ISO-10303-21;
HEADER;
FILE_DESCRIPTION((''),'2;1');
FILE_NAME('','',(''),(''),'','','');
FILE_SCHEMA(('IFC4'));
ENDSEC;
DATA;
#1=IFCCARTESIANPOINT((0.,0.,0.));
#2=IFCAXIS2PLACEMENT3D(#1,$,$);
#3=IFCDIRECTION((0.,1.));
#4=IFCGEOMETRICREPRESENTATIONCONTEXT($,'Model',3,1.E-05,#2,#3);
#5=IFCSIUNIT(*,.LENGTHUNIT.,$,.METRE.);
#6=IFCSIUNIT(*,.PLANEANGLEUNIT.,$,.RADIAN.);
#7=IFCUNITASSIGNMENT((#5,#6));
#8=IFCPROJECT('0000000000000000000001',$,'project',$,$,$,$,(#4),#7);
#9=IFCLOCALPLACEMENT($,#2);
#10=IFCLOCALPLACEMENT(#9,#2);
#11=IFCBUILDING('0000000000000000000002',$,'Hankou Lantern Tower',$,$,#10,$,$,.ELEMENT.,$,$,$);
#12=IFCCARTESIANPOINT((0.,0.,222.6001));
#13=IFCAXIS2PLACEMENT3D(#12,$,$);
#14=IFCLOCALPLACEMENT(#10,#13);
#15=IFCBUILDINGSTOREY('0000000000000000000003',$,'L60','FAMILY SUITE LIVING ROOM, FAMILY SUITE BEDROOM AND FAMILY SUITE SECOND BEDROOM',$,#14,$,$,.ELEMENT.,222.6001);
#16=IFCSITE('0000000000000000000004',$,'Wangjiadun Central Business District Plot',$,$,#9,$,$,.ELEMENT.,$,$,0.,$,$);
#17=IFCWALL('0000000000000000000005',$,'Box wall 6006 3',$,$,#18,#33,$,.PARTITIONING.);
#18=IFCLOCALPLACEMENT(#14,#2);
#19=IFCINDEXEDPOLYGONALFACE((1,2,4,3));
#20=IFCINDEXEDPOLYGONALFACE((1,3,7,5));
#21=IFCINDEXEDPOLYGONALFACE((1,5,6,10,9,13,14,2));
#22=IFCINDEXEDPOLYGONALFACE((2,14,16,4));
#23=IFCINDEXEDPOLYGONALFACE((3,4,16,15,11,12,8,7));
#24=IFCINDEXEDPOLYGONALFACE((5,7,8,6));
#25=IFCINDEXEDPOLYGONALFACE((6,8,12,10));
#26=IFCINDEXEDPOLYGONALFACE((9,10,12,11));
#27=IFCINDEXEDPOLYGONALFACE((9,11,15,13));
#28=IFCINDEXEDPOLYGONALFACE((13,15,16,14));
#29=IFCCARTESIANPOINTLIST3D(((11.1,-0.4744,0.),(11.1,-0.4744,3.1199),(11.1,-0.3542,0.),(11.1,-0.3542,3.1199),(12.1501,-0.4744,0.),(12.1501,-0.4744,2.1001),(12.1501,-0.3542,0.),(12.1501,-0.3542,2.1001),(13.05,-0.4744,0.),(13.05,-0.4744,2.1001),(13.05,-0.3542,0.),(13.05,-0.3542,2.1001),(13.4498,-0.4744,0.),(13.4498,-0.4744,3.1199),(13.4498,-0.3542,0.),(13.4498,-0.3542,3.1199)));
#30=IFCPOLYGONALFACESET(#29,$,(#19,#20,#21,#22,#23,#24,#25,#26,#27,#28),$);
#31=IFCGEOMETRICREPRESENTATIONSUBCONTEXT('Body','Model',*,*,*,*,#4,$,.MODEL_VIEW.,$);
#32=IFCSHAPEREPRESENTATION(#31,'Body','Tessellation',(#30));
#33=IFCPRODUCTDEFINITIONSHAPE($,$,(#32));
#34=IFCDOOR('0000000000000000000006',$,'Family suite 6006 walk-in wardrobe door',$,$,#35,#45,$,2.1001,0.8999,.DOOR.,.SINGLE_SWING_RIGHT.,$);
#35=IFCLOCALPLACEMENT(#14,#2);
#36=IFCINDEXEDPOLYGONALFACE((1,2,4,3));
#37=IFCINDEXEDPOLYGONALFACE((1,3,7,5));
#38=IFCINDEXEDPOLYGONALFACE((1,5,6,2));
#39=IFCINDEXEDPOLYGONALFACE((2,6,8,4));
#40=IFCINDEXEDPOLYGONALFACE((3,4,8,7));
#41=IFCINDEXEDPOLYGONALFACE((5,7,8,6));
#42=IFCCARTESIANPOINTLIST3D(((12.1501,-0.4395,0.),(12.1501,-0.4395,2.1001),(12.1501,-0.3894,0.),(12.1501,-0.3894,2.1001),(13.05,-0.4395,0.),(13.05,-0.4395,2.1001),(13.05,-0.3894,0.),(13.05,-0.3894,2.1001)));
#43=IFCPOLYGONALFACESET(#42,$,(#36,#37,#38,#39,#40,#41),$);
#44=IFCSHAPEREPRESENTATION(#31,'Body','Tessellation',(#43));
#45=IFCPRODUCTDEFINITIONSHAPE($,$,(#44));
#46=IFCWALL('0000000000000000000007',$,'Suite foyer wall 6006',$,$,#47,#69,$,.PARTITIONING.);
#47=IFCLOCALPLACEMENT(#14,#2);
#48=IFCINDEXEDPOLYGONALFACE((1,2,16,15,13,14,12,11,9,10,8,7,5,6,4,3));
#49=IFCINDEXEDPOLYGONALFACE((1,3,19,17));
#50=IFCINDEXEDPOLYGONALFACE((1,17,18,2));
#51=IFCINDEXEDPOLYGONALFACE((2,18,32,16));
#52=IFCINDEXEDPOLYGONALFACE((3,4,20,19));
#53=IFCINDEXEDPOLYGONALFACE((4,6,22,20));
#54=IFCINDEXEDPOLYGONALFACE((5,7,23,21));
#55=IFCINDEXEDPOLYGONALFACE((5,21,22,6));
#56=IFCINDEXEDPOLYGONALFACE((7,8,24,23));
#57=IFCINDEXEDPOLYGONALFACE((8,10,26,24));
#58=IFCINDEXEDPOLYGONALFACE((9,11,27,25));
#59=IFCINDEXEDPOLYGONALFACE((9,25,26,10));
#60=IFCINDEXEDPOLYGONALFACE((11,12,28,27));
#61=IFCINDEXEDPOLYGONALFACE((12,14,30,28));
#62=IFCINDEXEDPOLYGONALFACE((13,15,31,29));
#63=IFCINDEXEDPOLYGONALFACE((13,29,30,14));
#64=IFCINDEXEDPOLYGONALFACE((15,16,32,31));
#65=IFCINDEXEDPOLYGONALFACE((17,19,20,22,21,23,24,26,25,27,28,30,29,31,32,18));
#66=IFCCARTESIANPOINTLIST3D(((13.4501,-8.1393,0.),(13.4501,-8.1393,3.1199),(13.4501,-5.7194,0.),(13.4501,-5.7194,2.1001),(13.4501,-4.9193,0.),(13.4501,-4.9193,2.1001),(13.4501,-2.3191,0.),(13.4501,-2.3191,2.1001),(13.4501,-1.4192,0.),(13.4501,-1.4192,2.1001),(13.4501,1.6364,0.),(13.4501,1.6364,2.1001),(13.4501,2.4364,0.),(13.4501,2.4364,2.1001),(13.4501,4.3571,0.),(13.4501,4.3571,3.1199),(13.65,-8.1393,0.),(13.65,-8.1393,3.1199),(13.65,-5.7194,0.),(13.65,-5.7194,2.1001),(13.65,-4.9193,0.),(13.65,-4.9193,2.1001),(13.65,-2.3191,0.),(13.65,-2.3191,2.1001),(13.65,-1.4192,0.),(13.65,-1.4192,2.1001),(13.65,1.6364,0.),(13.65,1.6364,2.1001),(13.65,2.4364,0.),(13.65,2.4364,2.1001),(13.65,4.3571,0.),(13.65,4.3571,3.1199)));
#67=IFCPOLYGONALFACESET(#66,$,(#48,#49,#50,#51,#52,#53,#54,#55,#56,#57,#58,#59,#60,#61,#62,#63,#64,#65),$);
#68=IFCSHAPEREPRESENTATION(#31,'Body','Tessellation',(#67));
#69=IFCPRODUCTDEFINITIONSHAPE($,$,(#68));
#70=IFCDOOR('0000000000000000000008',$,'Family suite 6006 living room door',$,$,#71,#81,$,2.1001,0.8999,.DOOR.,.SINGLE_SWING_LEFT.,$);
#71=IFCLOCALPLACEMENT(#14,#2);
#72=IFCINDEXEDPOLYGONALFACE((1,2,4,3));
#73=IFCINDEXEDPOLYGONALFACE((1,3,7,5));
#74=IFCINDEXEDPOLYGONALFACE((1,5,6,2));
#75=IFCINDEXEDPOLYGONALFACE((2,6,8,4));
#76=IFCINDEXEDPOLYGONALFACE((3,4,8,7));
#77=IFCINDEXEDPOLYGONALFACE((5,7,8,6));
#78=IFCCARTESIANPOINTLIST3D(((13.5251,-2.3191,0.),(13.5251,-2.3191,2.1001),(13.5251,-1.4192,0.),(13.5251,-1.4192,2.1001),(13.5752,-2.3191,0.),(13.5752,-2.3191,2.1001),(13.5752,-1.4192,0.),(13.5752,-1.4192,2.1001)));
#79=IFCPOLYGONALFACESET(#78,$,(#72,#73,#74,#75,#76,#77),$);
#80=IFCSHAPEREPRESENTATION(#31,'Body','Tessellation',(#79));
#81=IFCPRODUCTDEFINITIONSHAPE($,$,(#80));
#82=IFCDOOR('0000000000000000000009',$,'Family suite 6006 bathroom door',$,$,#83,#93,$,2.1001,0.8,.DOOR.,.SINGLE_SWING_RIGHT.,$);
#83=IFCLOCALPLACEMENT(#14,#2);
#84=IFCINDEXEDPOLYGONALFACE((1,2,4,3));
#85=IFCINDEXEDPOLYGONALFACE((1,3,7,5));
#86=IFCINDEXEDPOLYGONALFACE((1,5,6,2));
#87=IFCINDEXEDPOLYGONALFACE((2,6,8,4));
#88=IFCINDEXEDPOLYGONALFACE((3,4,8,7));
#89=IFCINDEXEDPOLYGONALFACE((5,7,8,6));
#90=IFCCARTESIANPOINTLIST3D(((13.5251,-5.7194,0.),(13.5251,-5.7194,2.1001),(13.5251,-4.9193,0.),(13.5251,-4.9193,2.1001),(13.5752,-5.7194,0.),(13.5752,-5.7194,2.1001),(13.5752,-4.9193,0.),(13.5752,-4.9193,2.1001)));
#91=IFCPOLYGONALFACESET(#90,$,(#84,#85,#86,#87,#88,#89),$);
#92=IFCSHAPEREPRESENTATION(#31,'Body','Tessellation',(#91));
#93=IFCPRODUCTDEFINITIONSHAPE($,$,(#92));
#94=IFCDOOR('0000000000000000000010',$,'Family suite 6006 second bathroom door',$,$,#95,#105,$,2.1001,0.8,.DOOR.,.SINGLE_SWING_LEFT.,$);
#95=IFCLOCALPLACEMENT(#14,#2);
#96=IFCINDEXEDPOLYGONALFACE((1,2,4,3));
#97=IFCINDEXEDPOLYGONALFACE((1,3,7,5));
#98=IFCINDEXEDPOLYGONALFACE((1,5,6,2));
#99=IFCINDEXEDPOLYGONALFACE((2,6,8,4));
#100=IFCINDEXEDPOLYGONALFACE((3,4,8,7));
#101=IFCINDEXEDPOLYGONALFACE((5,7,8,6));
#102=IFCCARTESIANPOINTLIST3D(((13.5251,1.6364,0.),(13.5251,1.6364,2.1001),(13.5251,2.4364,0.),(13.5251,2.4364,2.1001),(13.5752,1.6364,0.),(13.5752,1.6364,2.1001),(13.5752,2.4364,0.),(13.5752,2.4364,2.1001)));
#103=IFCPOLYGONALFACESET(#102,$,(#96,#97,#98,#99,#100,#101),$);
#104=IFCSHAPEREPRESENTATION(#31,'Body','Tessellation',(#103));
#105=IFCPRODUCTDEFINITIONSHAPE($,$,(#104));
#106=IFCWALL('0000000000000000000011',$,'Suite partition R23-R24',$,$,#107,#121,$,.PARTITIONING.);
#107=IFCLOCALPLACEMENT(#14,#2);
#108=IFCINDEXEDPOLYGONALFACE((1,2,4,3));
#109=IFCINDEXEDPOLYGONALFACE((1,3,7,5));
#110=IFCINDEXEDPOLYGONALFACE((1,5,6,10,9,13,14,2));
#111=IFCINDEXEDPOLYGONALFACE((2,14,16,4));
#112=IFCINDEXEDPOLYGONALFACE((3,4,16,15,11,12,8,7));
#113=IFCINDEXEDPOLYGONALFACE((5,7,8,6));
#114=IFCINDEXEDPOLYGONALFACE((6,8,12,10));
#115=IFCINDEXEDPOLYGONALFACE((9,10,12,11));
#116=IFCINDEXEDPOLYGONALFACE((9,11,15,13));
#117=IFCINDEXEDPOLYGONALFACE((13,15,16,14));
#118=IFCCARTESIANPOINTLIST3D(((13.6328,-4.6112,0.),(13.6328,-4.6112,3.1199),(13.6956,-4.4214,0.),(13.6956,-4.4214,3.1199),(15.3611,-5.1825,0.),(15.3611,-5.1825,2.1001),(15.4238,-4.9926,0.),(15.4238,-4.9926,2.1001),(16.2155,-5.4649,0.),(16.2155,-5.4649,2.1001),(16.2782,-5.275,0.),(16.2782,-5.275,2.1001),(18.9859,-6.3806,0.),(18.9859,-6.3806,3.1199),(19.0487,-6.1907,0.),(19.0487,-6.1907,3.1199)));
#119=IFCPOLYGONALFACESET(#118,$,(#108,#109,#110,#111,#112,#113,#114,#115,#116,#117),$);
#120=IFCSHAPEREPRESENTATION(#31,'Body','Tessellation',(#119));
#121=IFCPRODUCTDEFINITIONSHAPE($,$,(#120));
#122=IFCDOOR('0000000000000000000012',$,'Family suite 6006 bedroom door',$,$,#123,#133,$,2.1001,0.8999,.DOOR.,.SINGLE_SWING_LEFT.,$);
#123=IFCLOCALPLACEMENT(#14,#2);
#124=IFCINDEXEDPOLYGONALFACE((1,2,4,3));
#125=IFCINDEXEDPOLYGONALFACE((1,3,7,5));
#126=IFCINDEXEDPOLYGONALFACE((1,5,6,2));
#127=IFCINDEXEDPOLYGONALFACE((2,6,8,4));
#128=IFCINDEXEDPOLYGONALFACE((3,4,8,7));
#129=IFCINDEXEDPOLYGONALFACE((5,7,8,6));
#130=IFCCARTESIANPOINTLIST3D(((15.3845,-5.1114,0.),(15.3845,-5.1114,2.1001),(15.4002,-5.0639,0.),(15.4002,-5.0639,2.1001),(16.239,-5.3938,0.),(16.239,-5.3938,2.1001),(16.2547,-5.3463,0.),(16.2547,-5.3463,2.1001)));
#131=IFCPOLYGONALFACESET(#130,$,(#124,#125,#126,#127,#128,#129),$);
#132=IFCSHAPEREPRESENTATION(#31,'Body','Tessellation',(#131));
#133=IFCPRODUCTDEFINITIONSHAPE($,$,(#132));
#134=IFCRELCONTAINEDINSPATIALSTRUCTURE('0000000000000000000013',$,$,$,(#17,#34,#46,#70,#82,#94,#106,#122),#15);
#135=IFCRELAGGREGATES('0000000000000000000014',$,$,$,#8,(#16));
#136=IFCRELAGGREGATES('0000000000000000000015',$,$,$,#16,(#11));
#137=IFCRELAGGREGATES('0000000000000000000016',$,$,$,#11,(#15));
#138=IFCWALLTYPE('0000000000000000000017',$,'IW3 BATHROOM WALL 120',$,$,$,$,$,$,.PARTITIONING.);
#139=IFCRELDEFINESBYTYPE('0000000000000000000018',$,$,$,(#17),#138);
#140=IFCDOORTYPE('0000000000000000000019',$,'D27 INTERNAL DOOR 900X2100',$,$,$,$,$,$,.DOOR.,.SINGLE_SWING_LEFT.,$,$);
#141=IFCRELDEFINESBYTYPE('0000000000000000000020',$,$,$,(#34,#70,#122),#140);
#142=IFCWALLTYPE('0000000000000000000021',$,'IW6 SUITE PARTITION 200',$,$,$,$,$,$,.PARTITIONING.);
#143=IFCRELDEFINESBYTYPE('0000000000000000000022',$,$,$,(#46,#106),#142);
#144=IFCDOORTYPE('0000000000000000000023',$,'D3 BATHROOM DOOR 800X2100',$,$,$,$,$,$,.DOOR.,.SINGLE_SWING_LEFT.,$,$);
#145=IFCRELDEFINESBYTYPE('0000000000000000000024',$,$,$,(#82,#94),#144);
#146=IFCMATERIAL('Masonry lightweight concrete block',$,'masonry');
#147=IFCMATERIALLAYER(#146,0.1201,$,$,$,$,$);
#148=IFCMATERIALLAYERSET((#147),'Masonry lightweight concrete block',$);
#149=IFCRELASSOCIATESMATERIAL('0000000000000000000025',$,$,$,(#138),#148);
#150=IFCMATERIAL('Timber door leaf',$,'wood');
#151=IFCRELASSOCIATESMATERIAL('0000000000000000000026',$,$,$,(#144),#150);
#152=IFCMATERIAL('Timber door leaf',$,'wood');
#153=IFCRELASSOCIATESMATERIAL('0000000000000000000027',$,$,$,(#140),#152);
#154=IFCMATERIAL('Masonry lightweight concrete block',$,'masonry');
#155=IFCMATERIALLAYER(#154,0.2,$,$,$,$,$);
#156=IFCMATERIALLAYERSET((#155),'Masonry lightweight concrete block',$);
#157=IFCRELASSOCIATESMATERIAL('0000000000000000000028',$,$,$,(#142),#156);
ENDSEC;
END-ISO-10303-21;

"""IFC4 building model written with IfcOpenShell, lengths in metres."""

from ifc_helpers import new_model, si_unit, direction, frame, frame_2d, origin, place, context, subcontext, project, spatial, rectangle, extrude, material, layer, layer_set, type_object, element, fill, save


model = new_model("IFC4")

# Units and contexts
model_context = context("Model", 3, precision=1e-05, world=origin(), true_north=direction((0.0, 1.0)))
body_context = subcontext(model_context, "Body", "Model", "MODEL_VIEW")
ifc_project = project(units=[si_unit("LENGTHUNIT", "METRE"), si_unit("PLANEANGLEUNIT", "RADIAN")], contexts=[model_context])

# Site, building, storey
site_placement = place(None, origin())
site = spatial("IfcSite", under=ifc_project, at=site_placement, Name="Wangjiadun Central Business District Plot", CompositionType="ELEMENT", RefElevation=0.0)
building_placement = place(site_placement, origin())
building = spatial("IfcBuilding", under=site, at=building_placement, Name="Hankou Lantern Tower", CompositionType="ELEMENT")
storey_placement = place(building_placement, frame((0.0, 0.0, 222.6001)))
storey = spatial("IfcBuildingStorey", under=building, at=storey_placement, Name="L60", Description="FAMILY SUITE LIVING ROOM, FAMILY SUITE BEDROOM AND FAMILY SUITE SECOND BEDROOM", CompositionType="ELEMENT", Elevation=222.6001)

# Shared definitions
ifc_material_1 = material(Name="Masonry lightweight concrete block", Category="masonry")
ifc_layer_1 = layer(ifc_material_1, 0.1201)
ifc_layer_set_1 = layer_set([ifc_layer_1], Name="Masonry lightweight concrete block")
wall_type_1 = type_object("IfcWallType", Name="IW3 BATHROOM WALL 120", PredefinedType="PARTITIONING", material=ifc_layer_set_1)

# Wall, opening, door
ifc_material_2 = material(Name="Timber door leaf", Category="wood")
door_type_1 = type_object("IfcDoorType", Name="D3 BATHROOM DOOR 800X2100", OperationType="SINGLE_SWING_LEFT", PredefinedType="DOOR", material=ifc_material_2)
wall_1_placement = place(storey_placement, frame((11.1001, -0.4143, 0.0), z_axis=(0.0, 0.0, 1.0), x_axis=(1.0, 0.0, 0.0)))
wall_1 = element("IfcWall", 1, at=wall_1_placement, inside=storey, type_object=wall_type_1, Name="Box wall 6006 3", PredefinedType="PARTITIONING", context=body_context, shape_type="SweptSolid", body=[
    extrude(rectangle(XDim=2.3499, YDim=0.1201, at=frame_2d((1.1748, 0.0))), origin(), (0.0, 0.0, 1.0), 3.1199),
])
opening_1_placement = place(wall_1_placement, frame((1.05, 0.0, 0.0)))
opening_1 = element("IfcOpeningElement", 2, at=opening_1_placement, cuts=wall_1, PredefinedType="OPENING", context=body_context, shape_type="SweptSolid", body=[
    extrude(rectangle(XDim=0.8999, YDim=2.1001, at=frame_2d((0.45, 1.05))), frame((0.0, 0.0701, 0.0), z_axis=(0.0, -1.0, 0.0), x_axis=(1.0, 0.0, 0.0)), (0.0, 0.0, 1.0), 0.1401),
])
ifc_material_3 = material(Name="Timber door leaf", Category="wood")
door_type_2 = type_object("IfcDoorType", Name="D27 INTERNAL DOOR 900X2100", OperationType="SINGLE_SWING_LEFT", PredefinedType="DOOR", material=ifc_material_3)
door_1_placement = place(opening_1_placement, origin())
door_1 = element("IfcDoor", 3, at=door_1_placement, inside=storey, type_object=door_type_2, Name="Family suite 6006 walk-in wardrobe door", OperationType="SINGLE_SWING_RIGHT", OverallHeight=2.1001, OverallWidth=0.8999, PredefinedType="DOOR", context=body_context, shape_type="SweptSolid", body=[
    extrude(rectangle(XDim=0.8999, YDim=2.1001, at=frame_2d((0.45, 1.05))), frame((0.0, 0.0249, 0.0), z_axis=(0.0, -1.0, 0.0), x_axis=(1.0, 0.0, 0.0)), (0.0, 0.0, 1.0), 0.05),
])
fill(opening_1, door_1)

# Wall, openings, doors
ifc_material_4 = material(Name="Masonry lightweight concrete block", Category="masonry")
ifc_layer_2 = layer(ifc_material_4, 0.2)
ifc_layer_set_2 = layer_set([ifc_layer_2], Name="Masonry lightweight concrete block")
wall_type_2 = type_object("IfcWallType", Name="IW6 SUITE PARTITION 200", PredefinedType="PARTITIONING", material=ifc_layer_set_2)
wall_2_placement = place(storey_placement, frame((13.55, -8.1392, 0.0), z_axis=(0.0, 0.0, 1.0), x_axis=(0.0, 1.0, 0.0)))
wall_2 = element("IfcWall", 4, at=wall_2_placement, inside=storey, type_object=wall_type_2, Name="Suite foyer wall 6006", PredefinedType="PARTITIONING", context=body_context, shape_type="SweptSolid", body=[
    extrude(rectangle(XDim=12.4963, YDim=0.2, at=frame_2d((6.248, 0.0))), origin(), (0.0, 0.0, 1.0), 3.1199),
])
opening_2_placement = place(wall_2_placement, frame((2.4199, 0.0, 0.0)))
opening_2 = element("IfcOpeningElement", 5, at=opening_2_placement, cuts=wall_2, PredefinedType="OPENING", context=body_context, shape_type="SweptSolid", body=[
    extrude(rectangle(XDim=0.8, YDim=2.1001, at=frame_2d((0.3999, 1.05))), frame((0.0, 0.1099, 0.0), z_axis=(0.0, -1.0, 0.0), x_axis=(1.0, 0.0, 0.0)), (0.0, 0.0, 1.0), 0.22),
])
opening_3_placement = place(wall_2_placement, frame((9.7756, 0.0, 0.0)))
opening_3 = element("IfcOpeningElement", 6, at=opening_3_placement, cuts=wall_2, PredefinedType="OPENING", context=body_context, shape_type="SweptSolid", body=[
    extrude(rectangle(XDim=0.8, YDim=2.1001, at=frame_2d((0.3999, 1.05))), frame((0.0, 0.1099, 0.0), z_axis=(0.0, -1.0, 0.0), x_axis=(1.0, 0.0, 0.0)), (0.0, 0.0, 1.0), 0.22),
])
opening_4_placement = place(wall_2_placement, frame((5.8201, 0.0, 0.0)))
opening_4 = element("IfcOpeningElement", 7, at=opening_4_placement, cuts=wall_2, PredefinedType="OPENING", context=body_context, shape_type="SweptSolid", body=[
    extrude(rectangle(XDim=0.8999, YDim=2.1001, at=frame_2d((0.45, 1.05))), frame((0.0, 0.1099, 0.0), z_axis=(0.0, -1.0, 0.0), x_axis=(1.0, 0.0, 0.0)), (0.0, 0.0, 1.0), 0.22),
])
door_2_placement = place(opening_4_placement, origin())
door_2 = element("IfcDoor", 8, at=door_2_placement, inside=storey, type_object=door_type_2, Name="Family suite 6006 living room door", OperationType="SINGLE_SWING_LEFT", OverallHeight=2.1001, OverallWidth=0.8999, PredefinedType="DOOR", context=body_context, shape_type="SweptSolid", body=[
    extrude(rectangle(XDim=0.8999, YDim=2.1001, at=frame_2d((0.45, 1.05))), frame((0.0, 0.0249, 0.0), z_axis=(0.0, -1.0, 0.0), x_axis=(1.0, 0.0, 0.0)), (0.0, 0.0, 1.0), 0.05),
])
fill(opening_4, door_2)
door_3_placement = place(opening_2_placement, origin())
door_3 = element("IfcDoor", 9, at=door_3_placement, inside=storey, type_object=door_type_1, Name="Family suite 6006 bathroom door", OperationType="SINGLE_SWING_RIGHT", OverallHeight=2.1001, OverallWidth=0.8, PredefinedType="DOOR", context=body_context, shape_type="SweptSolid", body=[
    extrude(rectangle(XDim=0.8, YDim=2.1001, at=frame_2d((0.3999, 1.05))), frame((0.0, 0.0249, 0.0), z_axis=(0.0, -1.0, 0.0), x_axis=(1.0, 0.0, 0.0)), (0.0, 0.0, 1.0), 0.05),
])
fill(opening_2, door_3)
door_4_placement = place(opening_3_placement, origin())
door_4 = element("IfcDoor", 10, at=door_4_placement, inside=storey, type_object=door_type_1, Name="Family suite 6006 second bathroom door", OperationType="SINGLE_SWING_LEFT", OverallHeight=2.1001, OverallWidth=0.8, PredefinedType="DOOR", context=body_context, shape_type="SweptSolid", body=[
    extrude(rectangle(XDim=0.8, YDim=2.1001, at=frame_2d((0.3999, 1.05))), frame((0.0, 0.0249, 0.0), z_axis=(0.0, -1.0, 0.0), x_axis=(1.0, 0.0, 0.0)), (0.0, 0.0, 1.0), 0.05),
])
fill(opening_3, door_4)

# Wall, opening, door
wall_3_placement = place(storey_placement, frame((13.6643, -4.5164, 0.0), z_axis=(0.0, 0.0, 1.0), x_axis=(0.949481, -0.313823, 0.0)))
wall_3 = element("IfcWall", 11, at=wall_3_placement, inside=storey, type_object=wall_type_2, Name="Suite partition R23-R24", PredefinedType="PARTITIONING", context=body_context, shape_type="SweptSolid", body=[
    extrude(rectangle(XDim=5.6379, YDim=0.2, at=frame_2d((2.8188, 0.0))), origin(), (0.0, 0.0, 1.0), 3.1199),
])
opening_5_placement = place(wall_3_placement, frame((1.8201, 0.0, 0.0)))
opening_5 = element("IfcOpeningElement", 12, at=opening_5_placement, cuts=wall_3, PredefinedType="OPENING", context=body_context, shape_type="SweptSolid", body=[
    extrude(rectangle(XDim=0.8999, YDim=2.1001, at=frame_2d((0.45, 1.05))), frame((0.0, 0.1099, 0.0), z_axis=(0.0, -1.0, 0.0), x_axis=(1.0, 0.0, 0.0)), (0.0, 0.0, 1.0), 0.22),
])
door_5_placement = place(opening_5_placement, origin())
door_5 = element("IfcDoor", 13, at=door_5_placement, inside=storey, type_object=door_type_2, Name="Family suite 6006 bedroom door", OperationType="SINGLE_SWING_LEFT", OverallHeight=2.1001, OverallWidth=0.8999, PredefinedType="DOOR", context=body_context, shape_type="SweptSolid", body=[
    extrude(rectangle(XDim=0.8999, YDim=2.1001, at=frame_2d((0.45, 1.05))), frame((0.0, 0.0249, 0.0), z_axis=(0.0, -1.0, 0.0), x_axis=(1.0, 0.0, 0.0)), (0.0, 0.0, 1.0), 0.05),
])
fill(opening_5, door_5)

save(model, "model.ifc")
